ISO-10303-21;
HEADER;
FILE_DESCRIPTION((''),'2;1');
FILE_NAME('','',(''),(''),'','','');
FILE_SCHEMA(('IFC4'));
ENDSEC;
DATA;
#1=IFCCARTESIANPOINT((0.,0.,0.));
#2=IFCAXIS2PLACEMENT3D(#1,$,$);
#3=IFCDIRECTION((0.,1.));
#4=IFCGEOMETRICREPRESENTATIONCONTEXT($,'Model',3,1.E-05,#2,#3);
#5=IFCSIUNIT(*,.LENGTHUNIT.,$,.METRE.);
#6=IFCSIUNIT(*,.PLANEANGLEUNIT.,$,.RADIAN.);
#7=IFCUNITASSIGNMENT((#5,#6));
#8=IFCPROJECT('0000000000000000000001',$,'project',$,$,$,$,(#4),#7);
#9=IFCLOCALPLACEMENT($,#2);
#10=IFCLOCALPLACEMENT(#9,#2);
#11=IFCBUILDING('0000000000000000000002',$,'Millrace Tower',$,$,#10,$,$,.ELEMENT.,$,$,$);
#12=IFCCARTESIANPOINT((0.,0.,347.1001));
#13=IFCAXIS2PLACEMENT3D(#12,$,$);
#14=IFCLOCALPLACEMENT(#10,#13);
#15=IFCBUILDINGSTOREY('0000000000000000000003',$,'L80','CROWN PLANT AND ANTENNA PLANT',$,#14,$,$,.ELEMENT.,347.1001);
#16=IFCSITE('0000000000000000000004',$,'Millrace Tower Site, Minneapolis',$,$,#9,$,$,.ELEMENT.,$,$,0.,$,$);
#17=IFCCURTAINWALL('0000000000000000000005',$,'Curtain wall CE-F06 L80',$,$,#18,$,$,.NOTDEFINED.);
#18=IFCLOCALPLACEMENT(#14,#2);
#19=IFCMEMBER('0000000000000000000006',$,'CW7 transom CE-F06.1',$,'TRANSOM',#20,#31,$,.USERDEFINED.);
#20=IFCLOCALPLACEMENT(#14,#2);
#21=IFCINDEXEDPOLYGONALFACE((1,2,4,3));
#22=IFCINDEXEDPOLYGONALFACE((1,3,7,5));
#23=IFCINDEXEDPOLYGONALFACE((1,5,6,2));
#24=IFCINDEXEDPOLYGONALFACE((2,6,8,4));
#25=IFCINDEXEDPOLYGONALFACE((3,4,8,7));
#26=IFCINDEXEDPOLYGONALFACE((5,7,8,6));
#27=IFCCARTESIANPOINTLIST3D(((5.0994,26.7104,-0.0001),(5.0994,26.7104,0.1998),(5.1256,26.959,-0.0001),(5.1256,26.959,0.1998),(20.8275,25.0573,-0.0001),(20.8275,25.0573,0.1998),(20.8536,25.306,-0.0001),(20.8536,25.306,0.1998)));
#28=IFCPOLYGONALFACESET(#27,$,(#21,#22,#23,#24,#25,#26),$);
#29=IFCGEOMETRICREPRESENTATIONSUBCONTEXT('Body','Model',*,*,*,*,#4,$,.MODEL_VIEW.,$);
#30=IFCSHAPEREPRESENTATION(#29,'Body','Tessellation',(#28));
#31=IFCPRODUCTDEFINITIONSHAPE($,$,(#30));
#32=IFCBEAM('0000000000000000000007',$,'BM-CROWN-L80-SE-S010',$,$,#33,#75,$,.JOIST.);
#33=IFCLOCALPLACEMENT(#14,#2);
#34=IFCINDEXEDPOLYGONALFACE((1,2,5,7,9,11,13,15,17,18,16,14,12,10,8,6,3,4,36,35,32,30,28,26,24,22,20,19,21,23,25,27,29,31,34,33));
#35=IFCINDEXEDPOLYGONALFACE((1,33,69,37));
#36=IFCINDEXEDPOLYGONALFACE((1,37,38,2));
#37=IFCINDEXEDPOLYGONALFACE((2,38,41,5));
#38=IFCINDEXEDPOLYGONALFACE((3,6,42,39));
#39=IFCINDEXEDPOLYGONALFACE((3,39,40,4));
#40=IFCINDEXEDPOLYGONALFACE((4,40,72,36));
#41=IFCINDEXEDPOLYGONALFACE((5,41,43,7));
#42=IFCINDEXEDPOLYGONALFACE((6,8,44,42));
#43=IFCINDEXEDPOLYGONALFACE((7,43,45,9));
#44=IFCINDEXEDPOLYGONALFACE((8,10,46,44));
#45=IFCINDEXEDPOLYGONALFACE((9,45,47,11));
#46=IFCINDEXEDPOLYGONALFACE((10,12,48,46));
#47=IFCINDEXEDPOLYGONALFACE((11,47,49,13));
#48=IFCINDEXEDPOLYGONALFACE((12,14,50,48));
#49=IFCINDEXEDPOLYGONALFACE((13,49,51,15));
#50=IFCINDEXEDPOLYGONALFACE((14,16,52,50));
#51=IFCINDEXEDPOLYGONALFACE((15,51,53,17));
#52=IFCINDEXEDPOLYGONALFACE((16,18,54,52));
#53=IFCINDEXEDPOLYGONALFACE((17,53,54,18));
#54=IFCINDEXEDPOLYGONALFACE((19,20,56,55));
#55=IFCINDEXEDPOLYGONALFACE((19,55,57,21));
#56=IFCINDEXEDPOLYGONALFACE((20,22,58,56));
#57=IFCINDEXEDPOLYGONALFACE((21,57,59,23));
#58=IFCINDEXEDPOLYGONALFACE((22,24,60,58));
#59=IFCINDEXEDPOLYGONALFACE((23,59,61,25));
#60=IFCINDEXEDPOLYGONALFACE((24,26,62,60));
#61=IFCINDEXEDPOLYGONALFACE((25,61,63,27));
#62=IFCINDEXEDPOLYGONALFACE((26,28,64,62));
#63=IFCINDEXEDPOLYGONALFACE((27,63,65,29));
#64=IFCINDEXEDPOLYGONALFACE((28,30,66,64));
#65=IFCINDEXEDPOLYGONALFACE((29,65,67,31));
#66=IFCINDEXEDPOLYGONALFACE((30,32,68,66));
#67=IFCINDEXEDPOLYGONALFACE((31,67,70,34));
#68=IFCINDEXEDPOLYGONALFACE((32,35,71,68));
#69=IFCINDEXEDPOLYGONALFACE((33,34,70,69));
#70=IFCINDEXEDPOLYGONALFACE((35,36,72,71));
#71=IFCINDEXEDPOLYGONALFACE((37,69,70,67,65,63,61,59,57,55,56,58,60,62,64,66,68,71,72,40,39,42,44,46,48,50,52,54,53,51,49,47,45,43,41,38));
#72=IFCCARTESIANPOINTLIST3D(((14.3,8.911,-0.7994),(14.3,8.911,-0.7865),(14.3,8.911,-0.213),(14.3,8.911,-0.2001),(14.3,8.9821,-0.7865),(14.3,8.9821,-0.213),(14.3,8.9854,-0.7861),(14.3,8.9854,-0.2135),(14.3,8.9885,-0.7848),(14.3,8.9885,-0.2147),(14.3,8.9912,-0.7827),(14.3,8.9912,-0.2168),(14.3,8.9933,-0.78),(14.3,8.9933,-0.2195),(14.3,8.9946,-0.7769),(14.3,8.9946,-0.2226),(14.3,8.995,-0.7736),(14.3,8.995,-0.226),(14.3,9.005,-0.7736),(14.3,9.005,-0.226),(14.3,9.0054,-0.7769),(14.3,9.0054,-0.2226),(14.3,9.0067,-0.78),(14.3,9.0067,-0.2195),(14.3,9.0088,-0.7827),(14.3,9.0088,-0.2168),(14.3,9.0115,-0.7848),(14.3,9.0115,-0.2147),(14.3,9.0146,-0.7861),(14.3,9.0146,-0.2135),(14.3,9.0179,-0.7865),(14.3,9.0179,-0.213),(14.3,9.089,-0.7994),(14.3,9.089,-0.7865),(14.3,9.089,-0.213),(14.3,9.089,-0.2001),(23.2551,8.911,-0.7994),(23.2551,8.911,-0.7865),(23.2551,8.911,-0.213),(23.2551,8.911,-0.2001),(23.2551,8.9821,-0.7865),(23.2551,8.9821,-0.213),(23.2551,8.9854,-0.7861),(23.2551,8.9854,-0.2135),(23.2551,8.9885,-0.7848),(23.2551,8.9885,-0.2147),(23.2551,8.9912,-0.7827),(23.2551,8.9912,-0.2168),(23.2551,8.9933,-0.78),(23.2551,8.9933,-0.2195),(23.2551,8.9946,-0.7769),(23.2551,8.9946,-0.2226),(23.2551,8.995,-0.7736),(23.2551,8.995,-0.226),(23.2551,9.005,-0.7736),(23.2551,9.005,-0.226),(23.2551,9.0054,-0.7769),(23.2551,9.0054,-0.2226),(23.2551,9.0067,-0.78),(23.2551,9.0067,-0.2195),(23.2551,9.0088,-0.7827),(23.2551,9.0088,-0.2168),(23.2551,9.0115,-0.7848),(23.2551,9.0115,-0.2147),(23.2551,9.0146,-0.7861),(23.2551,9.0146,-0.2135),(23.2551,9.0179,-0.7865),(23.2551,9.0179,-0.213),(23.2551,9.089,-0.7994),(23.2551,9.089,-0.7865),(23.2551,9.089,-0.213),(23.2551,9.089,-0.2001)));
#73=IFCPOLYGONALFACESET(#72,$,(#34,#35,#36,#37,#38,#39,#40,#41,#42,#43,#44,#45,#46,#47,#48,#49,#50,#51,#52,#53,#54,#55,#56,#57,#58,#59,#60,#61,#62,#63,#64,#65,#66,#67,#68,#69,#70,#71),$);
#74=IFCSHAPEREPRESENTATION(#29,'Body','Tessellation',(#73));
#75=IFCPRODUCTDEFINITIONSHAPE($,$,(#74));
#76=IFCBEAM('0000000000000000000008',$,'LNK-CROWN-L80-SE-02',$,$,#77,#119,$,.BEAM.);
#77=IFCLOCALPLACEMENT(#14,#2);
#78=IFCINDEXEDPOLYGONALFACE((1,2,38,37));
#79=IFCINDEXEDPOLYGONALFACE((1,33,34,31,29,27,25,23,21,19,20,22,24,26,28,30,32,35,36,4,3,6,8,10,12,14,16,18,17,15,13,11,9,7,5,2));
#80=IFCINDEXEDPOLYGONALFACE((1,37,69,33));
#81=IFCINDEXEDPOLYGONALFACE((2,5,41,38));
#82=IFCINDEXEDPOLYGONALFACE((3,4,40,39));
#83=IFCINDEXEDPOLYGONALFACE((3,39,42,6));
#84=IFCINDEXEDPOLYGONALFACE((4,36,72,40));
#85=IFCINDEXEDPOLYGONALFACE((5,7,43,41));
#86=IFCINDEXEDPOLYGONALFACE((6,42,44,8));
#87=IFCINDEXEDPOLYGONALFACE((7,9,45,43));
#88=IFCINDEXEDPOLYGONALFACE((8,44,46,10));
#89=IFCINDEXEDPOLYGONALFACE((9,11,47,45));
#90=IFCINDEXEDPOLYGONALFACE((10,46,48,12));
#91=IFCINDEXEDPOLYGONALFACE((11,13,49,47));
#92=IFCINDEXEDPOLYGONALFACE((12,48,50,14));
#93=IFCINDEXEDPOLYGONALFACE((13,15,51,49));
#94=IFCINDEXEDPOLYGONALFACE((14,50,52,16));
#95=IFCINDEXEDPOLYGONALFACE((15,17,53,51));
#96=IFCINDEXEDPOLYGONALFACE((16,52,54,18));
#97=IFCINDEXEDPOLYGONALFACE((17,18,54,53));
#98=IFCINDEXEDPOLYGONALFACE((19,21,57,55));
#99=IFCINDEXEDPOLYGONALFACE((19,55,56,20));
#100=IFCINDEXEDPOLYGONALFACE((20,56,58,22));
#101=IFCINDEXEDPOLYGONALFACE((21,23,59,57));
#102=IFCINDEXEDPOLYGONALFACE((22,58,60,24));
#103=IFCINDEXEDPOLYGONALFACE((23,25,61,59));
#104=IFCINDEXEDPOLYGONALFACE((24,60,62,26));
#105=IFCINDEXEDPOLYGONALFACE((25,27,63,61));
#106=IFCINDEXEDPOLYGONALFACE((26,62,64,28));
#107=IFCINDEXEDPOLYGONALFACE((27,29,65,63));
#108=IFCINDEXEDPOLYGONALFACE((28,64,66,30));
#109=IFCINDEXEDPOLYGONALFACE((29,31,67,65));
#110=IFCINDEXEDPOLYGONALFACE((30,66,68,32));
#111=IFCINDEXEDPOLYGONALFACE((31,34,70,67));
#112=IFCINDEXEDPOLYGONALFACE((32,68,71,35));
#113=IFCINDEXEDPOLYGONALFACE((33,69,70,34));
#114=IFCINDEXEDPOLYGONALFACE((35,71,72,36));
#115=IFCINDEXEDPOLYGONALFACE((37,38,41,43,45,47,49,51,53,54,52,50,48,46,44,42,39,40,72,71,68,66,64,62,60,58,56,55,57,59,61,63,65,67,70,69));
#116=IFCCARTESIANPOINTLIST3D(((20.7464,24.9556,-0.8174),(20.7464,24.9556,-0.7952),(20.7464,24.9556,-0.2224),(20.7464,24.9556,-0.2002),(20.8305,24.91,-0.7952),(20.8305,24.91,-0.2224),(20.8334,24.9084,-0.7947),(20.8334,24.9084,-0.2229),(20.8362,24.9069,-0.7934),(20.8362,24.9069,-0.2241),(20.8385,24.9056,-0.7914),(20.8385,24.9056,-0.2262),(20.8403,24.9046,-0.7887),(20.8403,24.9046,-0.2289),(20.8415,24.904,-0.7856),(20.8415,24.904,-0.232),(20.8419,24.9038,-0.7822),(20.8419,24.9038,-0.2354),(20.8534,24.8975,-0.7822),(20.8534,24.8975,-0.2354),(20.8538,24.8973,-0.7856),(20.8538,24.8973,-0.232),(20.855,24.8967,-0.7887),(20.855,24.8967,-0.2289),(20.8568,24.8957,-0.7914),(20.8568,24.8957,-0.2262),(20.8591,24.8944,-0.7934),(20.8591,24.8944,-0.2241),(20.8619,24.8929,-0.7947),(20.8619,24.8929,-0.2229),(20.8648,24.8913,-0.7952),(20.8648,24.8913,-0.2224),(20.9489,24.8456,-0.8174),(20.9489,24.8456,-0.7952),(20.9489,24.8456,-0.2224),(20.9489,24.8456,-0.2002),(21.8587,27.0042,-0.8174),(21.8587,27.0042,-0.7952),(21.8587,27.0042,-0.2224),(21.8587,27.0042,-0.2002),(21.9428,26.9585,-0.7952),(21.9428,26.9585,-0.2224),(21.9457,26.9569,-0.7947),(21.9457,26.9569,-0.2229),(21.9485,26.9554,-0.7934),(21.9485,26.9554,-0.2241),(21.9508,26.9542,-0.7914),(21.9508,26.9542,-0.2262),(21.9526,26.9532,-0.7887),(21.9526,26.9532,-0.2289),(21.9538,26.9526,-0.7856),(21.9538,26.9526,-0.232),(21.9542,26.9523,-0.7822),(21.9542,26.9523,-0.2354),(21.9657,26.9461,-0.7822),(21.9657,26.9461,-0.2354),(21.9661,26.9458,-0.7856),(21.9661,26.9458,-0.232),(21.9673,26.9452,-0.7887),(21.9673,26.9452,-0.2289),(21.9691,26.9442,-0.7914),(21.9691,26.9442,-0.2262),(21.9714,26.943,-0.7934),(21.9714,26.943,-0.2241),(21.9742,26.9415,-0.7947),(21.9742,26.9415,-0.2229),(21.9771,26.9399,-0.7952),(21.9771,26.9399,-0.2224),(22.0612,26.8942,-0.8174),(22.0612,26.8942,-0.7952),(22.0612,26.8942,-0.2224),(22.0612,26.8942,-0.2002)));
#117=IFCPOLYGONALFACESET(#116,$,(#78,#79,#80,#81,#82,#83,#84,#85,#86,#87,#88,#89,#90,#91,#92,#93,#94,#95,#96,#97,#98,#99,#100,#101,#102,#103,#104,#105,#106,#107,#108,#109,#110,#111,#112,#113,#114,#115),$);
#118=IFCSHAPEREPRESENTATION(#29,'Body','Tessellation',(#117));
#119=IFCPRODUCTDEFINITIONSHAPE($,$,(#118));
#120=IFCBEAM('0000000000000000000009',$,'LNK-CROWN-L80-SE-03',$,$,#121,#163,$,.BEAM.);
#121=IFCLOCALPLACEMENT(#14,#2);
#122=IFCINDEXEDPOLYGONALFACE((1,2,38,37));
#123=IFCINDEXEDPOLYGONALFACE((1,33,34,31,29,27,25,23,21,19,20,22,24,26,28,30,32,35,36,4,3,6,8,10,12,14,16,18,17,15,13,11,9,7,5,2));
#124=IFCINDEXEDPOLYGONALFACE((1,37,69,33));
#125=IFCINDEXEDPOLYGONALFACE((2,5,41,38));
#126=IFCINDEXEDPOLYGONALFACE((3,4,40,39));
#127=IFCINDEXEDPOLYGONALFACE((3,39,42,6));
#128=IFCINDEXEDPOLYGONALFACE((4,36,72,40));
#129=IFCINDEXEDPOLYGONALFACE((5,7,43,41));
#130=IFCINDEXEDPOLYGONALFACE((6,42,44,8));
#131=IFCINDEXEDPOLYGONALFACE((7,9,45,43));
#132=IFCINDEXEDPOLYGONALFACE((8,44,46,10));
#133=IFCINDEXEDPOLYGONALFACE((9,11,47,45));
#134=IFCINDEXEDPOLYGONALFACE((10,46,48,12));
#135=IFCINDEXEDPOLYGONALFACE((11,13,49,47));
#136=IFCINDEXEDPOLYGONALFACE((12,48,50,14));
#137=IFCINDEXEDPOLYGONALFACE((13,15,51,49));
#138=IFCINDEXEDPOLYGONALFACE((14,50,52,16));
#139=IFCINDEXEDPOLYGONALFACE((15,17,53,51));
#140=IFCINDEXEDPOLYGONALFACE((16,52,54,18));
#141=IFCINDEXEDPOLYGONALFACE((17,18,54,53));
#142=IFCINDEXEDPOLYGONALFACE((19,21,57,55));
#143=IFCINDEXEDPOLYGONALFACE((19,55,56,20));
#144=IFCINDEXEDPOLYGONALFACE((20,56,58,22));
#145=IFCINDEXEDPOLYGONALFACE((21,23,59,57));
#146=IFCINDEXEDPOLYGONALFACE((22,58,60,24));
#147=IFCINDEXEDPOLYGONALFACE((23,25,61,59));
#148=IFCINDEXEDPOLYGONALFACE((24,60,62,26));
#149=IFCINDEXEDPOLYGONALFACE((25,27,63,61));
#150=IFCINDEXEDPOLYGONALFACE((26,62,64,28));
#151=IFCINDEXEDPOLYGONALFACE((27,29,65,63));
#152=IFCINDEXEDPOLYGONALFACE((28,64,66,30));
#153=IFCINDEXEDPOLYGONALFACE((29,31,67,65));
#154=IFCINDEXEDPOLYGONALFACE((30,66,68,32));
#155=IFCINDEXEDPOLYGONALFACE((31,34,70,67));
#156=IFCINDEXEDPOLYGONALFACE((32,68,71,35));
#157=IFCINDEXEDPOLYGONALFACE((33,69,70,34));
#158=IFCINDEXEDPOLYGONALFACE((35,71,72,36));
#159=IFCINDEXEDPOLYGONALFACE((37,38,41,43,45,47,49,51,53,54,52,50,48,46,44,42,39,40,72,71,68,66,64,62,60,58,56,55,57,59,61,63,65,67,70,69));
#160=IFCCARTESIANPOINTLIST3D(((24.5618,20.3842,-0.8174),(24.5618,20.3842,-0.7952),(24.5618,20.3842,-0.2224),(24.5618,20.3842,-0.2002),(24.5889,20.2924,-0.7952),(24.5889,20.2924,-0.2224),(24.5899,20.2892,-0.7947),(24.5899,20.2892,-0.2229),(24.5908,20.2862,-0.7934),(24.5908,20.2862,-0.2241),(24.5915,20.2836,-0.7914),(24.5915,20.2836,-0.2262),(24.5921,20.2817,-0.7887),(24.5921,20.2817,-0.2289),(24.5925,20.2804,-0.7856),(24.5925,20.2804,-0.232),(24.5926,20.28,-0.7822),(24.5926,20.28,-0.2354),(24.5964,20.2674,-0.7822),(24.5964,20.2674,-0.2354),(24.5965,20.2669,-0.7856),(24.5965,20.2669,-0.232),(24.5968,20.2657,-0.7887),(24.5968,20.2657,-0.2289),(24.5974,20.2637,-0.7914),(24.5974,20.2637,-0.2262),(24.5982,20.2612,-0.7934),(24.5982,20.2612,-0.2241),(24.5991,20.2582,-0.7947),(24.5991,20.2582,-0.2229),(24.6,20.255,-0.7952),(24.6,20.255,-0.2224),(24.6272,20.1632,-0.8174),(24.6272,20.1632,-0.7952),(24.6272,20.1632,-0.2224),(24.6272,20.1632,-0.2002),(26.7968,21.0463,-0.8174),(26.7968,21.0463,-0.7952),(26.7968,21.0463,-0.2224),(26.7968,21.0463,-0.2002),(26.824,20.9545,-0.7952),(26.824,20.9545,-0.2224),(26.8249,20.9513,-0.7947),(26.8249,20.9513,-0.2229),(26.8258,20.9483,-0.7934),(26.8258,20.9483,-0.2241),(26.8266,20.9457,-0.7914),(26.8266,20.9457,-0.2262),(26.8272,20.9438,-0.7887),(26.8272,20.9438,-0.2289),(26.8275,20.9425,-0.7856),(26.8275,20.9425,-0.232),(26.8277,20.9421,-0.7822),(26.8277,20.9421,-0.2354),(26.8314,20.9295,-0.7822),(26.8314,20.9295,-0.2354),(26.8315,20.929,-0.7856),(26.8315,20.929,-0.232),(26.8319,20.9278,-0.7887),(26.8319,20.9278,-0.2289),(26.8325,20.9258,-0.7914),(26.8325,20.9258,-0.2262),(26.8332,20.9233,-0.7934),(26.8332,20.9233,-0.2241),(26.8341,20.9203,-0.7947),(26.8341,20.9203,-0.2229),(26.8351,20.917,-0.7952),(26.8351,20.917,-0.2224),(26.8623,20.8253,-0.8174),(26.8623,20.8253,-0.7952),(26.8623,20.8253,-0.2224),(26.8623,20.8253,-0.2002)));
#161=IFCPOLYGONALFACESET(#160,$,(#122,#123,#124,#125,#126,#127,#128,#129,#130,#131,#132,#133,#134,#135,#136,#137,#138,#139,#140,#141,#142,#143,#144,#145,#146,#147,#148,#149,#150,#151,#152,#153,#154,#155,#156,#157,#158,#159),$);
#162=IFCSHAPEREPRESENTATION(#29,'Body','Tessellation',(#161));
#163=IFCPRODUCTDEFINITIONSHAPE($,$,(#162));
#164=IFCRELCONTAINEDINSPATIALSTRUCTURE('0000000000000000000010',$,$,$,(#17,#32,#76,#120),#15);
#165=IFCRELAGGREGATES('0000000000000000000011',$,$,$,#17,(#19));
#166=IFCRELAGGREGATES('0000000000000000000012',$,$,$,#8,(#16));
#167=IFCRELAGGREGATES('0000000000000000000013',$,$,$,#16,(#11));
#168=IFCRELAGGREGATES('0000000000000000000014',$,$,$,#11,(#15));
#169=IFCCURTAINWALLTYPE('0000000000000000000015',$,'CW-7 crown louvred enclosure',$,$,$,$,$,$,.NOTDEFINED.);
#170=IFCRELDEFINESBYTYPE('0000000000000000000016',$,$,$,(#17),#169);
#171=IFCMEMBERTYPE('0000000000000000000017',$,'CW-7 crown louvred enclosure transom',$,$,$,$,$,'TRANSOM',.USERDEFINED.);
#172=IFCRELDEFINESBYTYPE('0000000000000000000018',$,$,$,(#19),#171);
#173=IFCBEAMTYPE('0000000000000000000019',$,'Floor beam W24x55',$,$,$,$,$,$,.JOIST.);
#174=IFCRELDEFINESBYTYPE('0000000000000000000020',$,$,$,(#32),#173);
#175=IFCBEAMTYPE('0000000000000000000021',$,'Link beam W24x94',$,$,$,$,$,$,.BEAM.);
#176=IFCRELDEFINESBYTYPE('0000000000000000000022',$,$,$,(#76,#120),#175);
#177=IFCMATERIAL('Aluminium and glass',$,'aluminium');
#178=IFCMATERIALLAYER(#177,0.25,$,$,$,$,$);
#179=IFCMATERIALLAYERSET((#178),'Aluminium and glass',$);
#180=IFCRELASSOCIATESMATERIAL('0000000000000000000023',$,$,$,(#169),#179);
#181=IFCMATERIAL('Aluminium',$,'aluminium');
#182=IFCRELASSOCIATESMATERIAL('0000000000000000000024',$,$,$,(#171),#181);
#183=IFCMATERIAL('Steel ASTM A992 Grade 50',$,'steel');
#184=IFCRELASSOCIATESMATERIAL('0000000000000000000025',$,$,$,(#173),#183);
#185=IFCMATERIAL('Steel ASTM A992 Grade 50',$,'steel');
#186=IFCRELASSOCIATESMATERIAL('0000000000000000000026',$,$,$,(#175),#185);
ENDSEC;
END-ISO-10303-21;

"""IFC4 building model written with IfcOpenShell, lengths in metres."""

from ifc_helpers import new_model, si_unit, direction, frame, origin, origin_2d, place, context, subcontext, project, spatial, rectangle, i_section, extrude, material, layer, layer_set, material_profile, profile_set, type_object, element, aggregate, save


model = new_model("IFC4")

# Units and contexts
model_context = context("Model", 3, precision=1e-05, world=origin(), true_north=direction((0.0, 1.0)))
body_context = subcontext(model_context, "Body", "Model", "MODEL_VIEW")
ifc_project = project(units=[si_unit("LENGTHUNIT", "METRE"), si_unit("PLANEANGLEUNIT", "RADIAN")], contexts=[model_context])

# Site, building, storey
site_placement = place(None, origin())
site = spatial("IfcSite", under=ifc_project, at=site_placement, Name="Millrace Tower Site, Minneapolis", CompositionType="ELEMENT", RefElevation=0.0)
building_placement = place(site_placement, origin())
building = spatial("IfcBuilding", under=site, at=building_placement, Name="Millrace Tower", CompositionType="ELEMENT")
storey_placement = place(building_placement, frame((0.0, 0.0, 347.1001)))
storey = spatial("IfcBuildingStorey", under=building, at=storey_placement, Name="L80", Description="CROWN PLANT AND ANTENNA PLANT", CompositionType="ELEMENT", Elevation=347.1001)

# Shared definitions
ifc_material_1 = material(Name="Aluminium and glass", Category="aluminium")
ifc_layer_1 = layer(ifc_material_1, 0.25)
ifc_layer_set_1 = layer_set([ifc_layer_1], Name="Aluminium and glass")
curtain_wall_type = type_object("IfcCurtainWallType", Name="CW-7 crown louvred enclosure", PredefinedType="NOTDEFINED", material=ifc_layer_set_1)
placement = place(storey_placement, origin())

# Curtain wall
curtain_wall_1 = element("IfcCurtainWall", 1, at=placement, inside=storey, type_object=curtain_wall_type, Name="Curtain wall CE-F06 L80", PredefinedType="NOTDEFINED")

# Member
ifc_material_2 = material(Name="Aluminium", Category="aluminium")
ifc_material_profile_1 = material_profile(ifc_material_2, rectangle(XDim=0.25, YDim=0.2, at=origin_2d()))
ifc_profile_set_1 = profile_set([ifc_material_profile_1], Name="Aluminium")
member_type_1 = type_object("IfcMemberType", Name="CW-7 crown louvred enclosure transom", ElementType="TRANSOM", PredefinedType="USERDEFINED", material=ifc_profile_set_1)
member_1_placement = place(storey_placement, frame((20.8406, 25.1816, 0.0999), z_axis=(-0.994522, 0.104528, 0.0), x_axis=(-0.104528, -0.994522, 0.0)))
member_1 = element("IfcMember", 2, at=member_1_placement, type_object=member_type_1, Name="CW7 transom CE-F06.1", ObjectType="TRANSOM", PredefinedType="USERDEFINED", context=body_context, shape_type="SweptSolid", body=[
    extrude(rectangle(XDim=0.25, YDim=0.2, at=origin_2d()), origin(), (0.0, 0.0, 1.0), 15.8147),
])
aggregate(curtain_wall_1, [member_1])

# Beams
ifc_material_3 = material(Name="Steel ASTM A992 Grade 50", Category="steel")
ifc_material_profile_2 = material_profile(ifc_material_3, i_section(OverallWidth=0.178, OverallDepth=0.5994, WebThickness=0.01, FlangeThickness=0.0129, FilletRadius=0.0129, at=origin_2d()))
ifc_profile_set_2 = profile_set([ifc_material_profile_2], Name="Steel ASTM A992 Grade 50")
beam_type_1 = type_object("IfcBeamType", Name="Floor beam W24x55", PredefinedType="JOIST", material=ifc_profile_set_2)
beam_1_placement = place(storey_placement, frame((14.3, 9.0, -0.4998), z_axis=(1.0, 0.0, 0.0), x_axis=(0.0, 1.0, 0.0)))
element("IfcBeam", 3, at=beam_1_placement, inside=storey, type_object=beam_type_1, Name="BM-CROWN-L80-SE-S010", PredefinedType="JOIST", context=body_context, shape_type="SweptSolid", body=[
    extrude(i_section(OverallWidth=0.178, OverallDepth=0.5994, WebThickness=0.01, FlangeThickness=0.0129, FilletRadius=0.0129, at=origin_2d()), origin(), (0.0, 0.0, 1.0), 8.9551),
])
ifc_material_4 = material(Name="Steel ASTM A992 Grade 50", Category="steel")
ifc_material_profile_3 = material_profile(ifc_material_4, i_section(OverallWidth=0.2305, OverallDepth=0.6172, WebThickness=0.0132, FlangeThickness=0.0222, FilletRadius=0.0129, at=origin_2d()))
ifc_profile_set_3 = profile_set([ifc_material_profile_3], Name="Steel ASTM A992 Grade 50")
beam_type_2 = type_object("IfcBeamType", Name="Link beam W24x94", PredefinedType="BEAM", material=ifc_profile_set_3)
for number, where, z_axis, x_axis, name in (
    (4, (20.8477, 24.9006, -0.5088), (0.477164, 0.878815, 0.0), (-0.878815, 0.477164, 0.0), "LNK-CROWN-L80-SE-02"),
    (5, (24.5945, 20.2737, -0.5088), (0.958815, 0.284031, 0.0), (-0.284031, 0.958815, 0.0), "LNK-CROWN-L80-SE-03"),
):
    element("IfcBeam", number, at=place(storey_placement, frame(where, z_axis=z_axis, x_axis=x_axis)), inside=storey, type_object=beam_type_2, Name=name, PredefinedType="BEAM", context=body_context, shape_type="SweptSolid", body=[
        extrude(i_section(OverallWidth=0.2305, OverallDepth=0.6172, WebThickness=0.0132, FlangeThickness=0.0222, FilletRadius=0.0129, at=origin_2d()), origin(), (0.0, 0.0, 1.0), 2.3311),
    ])

save(model, "model.ifc")
